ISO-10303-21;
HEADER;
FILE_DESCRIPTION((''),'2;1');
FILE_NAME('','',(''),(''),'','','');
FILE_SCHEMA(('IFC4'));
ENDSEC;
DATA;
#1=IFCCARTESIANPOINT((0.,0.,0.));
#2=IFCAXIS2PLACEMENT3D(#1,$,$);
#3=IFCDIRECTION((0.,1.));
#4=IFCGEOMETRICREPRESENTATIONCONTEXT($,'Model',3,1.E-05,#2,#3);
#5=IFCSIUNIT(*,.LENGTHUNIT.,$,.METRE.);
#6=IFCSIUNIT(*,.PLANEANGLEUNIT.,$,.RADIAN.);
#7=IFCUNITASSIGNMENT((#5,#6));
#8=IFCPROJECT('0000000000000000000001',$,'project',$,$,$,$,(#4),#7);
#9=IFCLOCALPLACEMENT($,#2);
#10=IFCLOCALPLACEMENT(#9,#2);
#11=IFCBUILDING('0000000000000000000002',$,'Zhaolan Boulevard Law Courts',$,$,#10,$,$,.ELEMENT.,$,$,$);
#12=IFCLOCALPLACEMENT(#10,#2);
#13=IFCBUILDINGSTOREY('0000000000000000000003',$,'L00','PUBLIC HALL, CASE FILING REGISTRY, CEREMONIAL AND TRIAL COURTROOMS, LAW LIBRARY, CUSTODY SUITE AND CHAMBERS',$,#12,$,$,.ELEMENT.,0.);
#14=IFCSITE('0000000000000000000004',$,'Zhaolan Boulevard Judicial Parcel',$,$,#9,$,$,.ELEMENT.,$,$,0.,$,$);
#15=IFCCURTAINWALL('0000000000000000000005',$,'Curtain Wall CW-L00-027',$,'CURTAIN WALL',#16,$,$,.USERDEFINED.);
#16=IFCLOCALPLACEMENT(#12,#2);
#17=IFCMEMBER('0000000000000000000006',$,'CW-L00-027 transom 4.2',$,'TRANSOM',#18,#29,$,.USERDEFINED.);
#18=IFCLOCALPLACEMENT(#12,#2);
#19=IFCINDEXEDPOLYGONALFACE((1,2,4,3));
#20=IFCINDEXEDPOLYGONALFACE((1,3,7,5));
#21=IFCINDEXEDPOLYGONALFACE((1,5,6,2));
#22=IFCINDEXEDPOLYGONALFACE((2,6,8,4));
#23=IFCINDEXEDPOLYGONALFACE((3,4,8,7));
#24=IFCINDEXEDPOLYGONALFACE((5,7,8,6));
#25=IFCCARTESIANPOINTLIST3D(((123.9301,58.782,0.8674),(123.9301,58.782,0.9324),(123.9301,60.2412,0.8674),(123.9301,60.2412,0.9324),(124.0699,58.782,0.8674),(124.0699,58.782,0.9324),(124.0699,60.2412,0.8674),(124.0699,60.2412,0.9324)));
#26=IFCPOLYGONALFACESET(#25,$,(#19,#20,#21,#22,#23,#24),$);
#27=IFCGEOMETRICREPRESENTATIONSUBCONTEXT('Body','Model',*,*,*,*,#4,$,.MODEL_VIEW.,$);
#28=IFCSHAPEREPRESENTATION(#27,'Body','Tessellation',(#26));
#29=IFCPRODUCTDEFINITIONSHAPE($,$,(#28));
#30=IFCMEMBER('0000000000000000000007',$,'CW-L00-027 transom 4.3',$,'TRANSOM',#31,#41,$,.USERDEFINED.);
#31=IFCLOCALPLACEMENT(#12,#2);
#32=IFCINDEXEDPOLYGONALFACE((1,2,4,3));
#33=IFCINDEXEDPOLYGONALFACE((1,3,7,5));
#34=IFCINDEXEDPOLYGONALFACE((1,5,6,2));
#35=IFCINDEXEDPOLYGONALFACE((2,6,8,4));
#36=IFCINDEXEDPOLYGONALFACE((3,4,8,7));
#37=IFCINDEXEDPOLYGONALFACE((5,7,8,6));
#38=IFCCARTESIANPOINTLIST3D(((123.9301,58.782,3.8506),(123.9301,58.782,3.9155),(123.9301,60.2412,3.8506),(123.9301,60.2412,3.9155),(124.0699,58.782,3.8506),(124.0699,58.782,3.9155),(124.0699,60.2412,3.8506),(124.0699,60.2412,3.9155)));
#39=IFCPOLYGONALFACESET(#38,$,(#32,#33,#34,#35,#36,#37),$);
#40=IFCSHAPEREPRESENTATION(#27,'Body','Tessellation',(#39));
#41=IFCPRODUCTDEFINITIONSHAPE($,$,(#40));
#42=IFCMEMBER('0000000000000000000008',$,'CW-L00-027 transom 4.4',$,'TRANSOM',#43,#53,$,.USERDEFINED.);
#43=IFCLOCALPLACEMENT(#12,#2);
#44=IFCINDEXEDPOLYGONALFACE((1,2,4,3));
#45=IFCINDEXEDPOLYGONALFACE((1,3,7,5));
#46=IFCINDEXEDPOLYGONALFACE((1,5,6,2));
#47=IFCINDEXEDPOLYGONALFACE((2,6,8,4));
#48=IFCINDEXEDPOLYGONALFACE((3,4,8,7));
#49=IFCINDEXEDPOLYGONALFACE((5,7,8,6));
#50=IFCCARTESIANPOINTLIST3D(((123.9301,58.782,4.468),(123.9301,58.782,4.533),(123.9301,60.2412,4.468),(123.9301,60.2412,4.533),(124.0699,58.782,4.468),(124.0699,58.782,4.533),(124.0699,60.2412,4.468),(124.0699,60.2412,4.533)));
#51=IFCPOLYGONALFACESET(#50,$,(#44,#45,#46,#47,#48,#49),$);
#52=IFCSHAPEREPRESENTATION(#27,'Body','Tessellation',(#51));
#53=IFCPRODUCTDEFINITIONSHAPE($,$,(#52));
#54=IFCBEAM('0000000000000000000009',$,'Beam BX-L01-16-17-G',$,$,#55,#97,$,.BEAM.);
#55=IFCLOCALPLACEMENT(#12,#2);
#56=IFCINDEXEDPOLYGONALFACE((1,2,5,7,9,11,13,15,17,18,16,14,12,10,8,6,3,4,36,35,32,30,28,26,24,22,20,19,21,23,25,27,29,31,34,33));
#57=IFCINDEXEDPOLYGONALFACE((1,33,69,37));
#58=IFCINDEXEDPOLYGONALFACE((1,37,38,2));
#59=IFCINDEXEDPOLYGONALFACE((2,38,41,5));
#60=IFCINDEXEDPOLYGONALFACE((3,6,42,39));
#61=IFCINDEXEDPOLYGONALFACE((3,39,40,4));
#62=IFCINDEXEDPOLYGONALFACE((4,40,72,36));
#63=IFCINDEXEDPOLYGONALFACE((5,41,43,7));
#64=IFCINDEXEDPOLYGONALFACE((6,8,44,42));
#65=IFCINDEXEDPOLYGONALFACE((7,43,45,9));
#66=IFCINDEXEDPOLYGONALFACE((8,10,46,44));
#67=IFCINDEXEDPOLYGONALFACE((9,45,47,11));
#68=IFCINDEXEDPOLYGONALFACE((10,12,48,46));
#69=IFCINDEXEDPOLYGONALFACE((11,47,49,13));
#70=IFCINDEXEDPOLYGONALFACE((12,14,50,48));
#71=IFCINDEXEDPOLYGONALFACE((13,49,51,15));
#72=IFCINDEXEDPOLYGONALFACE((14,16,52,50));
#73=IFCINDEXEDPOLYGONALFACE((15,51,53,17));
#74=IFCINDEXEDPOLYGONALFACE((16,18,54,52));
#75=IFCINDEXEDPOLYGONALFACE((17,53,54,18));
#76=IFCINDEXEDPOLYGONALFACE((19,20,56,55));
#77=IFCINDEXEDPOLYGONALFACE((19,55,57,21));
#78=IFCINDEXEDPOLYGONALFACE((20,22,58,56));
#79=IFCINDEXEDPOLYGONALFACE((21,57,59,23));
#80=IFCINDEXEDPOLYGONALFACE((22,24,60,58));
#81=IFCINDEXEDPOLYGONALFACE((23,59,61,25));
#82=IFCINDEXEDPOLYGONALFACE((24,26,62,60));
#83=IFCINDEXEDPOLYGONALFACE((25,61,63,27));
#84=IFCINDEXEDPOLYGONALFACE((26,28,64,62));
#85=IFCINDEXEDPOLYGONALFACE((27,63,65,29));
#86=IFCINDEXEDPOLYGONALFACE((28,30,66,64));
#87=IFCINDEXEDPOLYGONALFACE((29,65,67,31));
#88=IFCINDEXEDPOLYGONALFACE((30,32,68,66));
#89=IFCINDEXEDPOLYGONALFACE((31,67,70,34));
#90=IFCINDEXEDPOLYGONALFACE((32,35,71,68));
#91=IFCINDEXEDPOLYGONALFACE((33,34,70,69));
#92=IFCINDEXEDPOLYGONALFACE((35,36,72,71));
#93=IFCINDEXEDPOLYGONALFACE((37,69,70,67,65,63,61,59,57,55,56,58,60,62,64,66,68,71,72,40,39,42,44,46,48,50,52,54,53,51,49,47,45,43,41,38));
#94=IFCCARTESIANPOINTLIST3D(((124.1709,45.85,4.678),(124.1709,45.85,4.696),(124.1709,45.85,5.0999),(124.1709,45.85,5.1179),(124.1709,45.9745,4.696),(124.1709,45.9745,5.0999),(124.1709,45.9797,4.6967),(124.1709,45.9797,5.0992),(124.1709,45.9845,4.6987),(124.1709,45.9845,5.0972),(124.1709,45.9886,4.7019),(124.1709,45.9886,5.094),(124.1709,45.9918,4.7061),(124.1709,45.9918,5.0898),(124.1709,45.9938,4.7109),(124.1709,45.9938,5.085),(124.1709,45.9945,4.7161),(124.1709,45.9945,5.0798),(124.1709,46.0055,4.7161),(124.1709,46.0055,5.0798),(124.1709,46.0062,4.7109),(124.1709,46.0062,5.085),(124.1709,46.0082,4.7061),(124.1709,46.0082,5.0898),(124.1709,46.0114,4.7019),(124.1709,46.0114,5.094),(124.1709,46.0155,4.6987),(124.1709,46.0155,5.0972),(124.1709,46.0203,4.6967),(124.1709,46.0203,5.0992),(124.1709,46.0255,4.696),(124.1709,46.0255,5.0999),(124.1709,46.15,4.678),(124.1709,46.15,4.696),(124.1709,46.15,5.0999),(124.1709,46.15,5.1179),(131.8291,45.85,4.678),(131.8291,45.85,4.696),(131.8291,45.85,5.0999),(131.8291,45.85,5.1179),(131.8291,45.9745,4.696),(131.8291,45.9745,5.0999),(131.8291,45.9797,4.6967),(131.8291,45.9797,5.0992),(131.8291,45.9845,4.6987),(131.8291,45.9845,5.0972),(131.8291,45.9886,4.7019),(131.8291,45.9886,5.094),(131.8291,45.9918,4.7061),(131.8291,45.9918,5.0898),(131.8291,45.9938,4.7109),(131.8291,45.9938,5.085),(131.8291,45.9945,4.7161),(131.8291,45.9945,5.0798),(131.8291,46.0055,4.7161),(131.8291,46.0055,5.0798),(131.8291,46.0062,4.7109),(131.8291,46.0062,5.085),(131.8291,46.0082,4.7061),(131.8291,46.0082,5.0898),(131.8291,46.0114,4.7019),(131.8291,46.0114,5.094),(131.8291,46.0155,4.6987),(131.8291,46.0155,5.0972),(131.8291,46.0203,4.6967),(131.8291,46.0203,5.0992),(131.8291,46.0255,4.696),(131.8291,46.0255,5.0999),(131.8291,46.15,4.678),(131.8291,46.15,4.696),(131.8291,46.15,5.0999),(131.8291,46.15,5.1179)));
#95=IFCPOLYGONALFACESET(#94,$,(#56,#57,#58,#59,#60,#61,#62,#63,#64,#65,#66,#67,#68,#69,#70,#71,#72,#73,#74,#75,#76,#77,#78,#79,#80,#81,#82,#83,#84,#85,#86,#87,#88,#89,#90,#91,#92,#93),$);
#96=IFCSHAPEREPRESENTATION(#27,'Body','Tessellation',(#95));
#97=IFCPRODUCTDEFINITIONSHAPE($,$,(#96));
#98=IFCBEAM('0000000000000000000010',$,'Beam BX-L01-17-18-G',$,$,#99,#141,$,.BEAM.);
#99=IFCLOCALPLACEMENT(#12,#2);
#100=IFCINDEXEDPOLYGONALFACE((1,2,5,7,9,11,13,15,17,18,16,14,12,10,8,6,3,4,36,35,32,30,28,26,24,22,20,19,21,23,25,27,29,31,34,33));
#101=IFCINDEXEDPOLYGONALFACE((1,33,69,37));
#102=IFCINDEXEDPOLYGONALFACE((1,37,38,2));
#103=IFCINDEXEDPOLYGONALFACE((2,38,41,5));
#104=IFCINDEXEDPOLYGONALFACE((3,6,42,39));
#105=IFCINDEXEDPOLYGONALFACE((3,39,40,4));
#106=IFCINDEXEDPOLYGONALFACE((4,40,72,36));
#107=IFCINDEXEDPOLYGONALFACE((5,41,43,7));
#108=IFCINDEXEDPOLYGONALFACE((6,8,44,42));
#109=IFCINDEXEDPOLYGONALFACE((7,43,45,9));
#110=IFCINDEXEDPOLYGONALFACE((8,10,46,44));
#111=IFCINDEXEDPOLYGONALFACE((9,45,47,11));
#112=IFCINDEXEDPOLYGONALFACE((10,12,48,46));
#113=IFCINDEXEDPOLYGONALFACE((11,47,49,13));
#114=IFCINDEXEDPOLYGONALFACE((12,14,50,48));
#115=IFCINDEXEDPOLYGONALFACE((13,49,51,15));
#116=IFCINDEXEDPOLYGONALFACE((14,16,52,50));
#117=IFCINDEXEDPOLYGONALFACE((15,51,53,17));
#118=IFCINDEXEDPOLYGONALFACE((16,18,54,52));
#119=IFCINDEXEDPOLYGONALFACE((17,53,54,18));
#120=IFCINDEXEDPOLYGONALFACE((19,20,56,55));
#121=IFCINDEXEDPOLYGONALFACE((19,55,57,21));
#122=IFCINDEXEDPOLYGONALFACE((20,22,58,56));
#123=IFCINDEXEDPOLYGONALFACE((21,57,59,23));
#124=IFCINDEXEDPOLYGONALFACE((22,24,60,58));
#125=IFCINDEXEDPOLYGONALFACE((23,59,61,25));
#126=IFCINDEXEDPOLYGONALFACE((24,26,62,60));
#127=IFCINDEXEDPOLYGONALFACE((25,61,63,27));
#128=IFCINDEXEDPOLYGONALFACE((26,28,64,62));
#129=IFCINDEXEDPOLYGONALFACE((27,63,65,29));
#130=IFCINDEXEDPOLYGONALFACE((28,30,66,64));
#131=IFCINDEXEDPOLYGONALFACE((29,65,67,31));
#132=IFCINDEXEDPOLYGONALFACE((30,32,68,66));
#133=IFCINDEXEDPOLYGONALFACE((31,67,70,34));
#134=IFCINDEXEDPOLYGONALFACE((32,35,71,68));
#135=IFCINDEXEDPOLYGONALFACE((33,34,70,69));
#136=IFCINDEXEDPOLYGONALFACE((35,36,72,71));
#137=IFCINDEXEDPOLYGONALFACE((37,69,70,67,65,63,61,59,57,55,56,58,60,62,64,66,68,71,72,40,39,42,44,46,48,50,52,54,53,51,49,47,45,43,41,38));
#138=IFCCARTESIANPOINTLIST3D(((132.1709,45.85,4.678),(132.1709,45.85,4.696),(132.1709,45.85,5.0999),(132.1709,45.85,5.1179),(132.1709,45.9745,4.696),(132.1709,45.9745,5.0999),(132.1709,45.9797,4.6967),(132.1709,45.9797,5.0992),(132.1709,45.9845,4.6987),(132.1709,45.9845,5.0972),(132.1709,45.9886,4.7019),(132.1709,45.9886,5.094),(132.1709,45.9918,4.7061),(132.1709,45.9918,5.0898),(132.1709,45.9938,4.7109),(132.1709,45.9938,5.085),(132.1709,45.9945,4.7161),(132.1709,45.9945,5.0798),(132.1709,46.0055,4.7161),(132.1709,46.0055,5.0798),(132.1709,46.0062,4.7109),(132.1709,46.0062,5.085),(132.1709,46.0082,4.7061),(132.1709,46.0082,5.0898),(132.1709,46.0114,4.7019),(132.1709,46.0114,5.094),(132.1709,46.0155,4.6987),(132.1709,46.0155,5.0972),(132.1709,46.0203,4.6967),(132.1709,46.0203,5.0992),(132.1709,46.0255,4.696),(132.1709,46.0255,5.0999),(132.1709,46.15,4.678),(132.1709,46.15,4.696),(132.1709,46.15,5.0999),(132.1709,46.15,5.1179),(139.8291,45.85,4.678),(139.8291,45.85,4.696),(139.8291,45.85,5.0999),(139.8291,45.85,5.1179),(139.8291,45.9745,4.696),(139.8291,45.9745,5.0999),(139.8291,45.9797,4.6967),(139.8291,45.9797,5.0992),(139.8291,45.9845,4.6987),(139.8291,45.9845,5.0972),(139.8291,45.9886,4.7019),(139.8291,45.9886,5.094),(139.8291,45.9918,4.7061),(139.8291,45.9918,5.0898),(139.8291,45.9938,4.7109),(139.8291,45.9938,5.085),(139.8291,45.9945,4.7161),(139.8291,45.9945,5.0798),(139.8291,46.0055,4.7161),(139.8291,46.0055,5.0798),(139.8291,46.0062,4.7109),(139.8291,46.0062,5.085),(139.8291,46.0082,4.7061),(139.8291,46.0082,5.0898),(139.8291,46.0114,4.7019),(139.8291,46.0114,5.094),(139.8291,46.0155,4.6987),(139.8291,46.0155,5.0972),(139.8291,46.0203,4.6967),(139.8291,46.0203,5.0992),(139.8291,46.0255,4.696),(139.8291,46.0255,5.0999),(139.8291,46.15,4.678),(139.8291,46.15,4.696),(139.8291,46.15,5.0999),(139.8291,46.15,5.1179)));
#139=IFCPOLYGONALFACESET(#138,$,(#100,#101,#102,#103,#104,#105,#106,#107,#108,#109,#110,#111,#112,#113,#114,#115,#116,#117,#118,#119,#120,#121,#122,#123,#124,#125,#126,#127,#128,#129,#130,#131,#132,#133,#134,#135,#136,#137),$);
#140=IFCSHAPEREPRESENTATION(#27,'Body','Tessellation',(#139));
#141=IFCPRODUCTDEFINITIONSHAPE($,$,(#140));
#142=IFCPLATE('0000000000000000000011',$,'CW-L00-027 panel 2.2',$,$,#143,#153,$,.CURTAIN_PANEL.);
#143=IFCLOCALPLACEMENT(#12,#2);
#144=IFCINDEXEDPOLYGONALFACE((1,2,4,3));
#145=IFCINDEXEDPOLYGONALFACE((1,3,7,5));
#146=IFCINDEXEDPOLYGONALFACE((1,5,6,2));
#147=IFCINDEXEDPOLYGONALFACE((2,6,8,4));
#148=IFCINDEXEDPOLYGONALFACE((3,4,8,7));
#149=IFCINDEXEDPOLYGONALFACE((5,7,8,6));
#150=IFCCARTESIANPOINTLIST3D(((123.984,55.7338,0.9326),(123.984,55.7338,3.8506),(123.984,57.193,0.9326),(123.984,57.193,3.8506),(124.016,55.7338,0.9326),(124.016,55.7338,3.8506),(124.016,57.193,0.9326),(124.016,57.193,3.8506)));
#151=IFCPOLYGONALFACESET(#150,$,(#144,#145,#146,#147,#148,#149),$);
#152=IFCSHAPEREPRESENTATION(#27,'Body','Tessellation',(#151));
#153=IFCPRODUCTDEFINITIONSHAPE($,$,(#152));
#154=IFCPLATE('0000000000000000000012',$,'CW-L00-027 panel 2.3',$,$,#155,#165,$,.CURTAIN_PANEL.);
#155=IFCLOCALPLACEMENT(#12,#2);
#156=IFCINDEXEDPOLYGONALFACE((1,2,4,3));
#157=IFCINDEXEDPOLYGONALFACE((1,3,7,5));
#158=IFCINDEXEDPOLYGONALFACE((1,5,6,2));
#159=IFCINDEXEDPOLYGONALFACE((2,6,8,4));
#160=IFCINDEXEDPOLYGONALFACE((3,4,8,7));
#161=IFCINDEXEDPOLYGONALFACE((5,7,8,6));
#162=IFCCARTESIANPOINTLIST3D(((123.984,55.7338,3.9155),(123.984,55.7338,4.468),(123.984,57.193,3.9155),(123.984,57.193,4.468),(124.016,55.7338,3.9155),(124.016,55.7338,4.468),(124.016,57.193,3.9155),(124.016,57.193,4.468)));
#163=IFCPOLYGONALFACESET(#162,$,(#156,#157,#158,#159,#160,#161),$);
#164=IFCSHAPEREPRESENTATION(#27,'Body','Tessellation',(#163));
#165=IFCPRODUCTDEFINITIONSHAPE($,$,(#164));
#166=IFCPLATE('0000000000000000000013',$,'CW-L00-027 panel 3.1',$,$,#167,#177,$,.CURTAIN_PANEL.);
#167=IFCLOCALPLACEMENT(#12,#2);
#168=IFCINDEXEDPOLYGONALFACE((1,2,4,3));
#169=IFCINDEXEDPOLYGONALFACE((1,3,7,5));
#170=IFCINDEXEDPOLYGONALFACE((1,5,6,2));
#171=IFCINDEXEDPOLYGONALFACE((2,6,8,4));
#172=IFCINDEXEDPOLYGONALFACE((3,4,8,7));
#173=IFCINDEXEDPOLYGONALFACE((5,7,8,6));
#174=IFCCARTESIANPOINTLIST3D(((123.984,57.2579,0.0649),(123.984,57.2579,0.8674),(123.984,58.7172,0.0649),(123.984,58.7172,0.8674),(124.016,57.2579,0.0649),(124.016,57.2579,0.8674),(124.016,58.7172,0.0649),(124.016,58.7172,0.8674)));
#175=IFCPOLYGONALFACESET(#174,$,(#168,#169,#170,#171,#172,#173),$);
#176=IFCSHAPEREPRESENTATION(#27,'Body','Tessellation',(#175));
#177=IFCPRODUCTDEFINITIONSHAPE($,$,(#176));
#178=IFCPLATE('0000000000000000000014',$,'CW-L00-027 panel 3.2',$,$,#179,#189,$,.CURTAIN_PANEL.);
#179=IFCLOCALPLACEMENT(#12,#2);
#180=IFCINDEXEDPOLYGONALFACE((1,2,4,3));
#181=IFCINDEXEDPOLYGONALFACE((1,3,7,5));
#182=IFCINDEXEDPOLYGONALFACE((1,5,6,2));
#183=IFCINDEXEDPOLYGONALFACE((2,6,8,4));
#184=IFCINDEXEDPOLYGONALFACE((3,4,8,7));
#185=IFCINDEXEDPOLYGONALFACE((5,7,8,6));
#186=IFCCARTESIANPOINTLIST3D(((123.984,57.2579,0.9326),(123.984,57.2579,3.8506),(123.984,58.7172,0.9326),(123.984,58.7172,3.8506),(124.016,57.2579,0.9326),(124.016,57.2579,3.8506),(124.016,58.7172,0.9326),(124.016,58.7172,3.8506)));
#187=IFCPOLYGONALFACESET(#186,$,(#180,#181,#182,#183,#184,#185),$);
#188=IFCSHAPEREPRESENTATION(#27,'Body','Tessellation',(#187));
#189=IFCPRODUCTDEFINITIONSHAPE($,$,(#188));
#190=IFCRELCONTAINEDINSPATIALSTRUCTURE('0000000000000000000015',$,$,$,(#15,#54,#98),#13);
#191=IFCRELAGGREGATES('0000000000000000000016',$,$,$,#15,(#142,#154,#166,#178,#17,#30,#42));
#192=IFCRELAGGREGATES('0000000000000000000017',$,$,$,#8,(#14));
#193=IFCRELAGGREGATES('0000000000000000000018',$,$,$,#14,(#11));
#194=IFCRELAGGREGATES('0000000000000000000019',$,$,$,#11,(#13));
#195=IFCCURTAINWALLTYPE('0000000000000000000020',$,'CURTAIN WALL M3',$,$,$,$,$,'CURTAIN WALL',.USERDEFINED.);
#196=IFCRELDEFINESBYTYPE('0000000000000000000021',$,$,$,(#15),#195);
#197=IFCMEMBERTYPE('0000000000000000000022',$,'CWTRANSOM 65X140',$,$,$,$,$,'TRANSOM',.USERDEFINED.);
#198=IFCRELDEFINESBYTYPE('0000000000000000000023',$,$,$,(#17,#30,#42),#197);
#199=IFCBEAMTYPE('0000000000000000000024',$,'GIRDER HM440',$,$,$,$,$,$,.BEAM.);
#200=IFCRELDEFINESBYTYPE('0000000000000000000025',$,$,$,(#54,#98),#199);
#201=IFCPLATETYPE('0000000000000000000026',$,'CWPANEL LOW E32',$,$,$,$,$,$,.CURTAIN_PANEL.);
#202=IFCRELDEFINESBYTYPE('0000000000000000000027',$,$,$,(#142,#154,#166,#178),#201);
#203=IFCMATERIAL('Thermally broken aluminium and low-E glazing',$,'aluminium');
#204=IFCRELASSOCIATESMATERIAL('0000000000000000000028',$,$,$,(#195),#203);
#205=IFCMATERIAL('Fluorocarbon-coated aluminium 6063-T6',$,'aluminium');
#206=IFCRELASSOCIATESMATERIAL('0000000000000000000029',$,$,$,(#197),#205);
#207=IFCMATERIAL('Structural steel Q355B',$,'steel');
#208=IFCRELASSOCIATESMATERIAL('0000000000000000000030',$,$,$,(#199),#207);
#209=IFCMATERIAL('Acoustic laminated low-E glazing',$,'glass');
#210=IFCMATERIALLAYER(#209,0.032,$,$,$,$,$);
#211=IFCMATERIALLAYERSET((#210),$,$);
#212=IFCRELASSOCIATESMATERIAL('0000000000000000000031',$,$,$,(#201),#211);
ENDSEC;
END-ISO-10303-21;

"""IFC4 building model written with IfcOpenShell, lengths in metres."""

from ifc_helpers import new_model, si_unit, direction, frame, origin, origin_2d, place, context, subcontext, project, spatial, rectangle, i_section, extrude, material, layer, layer_set, material_profile, profile_set, type_object, element, aggregate, save


model = new_model("IFC4")

# Units and contexts
model_context = context("Model", 3, precision=1e-05, world=origin(), true_north=direction((0.0, 1.0)))
body_context = subcontext(model_context, "Body", "Model", "MODEL_VIEW")
ifc_project = project(units=[si_unit("LENGTHUNIT", "METRE"), si_unit("PLANEANGLEUNIT", "RADIAN")], contexts=[model_context])

# Site, building, storey
site_placement = place(None, origin())
site = spatial("IfcSite", under=ifc_project, at=site_placement, Name="Zhaolan Boulevard Judicial Parcel", CompositionType="ELEMENT", RefElevation=0.0)
building_placement = place(site_placement, origin())
building = spatial("IfcBuilding", under=site, at=building_placement, Name="Zhaolan Boulevard Law Courts", CompositionType="ELEMENT")
storey_placement = place(building_placement, origin())
storey = spatial("IfcBuildingStorey", under=building, at=storey_placement, Name="L00", Description="PUBLIC HALL, CASE FILING REGISTRY, CEREMONIAL AND TRIAL COURTROOMS, LAW LIBRARY, CUSTODY SUITE AND CHAMBERS", CompositionType="ELEMENT", Elevation=0.0)

# Curtain wall, members
ifc_material_1 = material(Name="Thermally broken aluminium and low-E glazing", Category="aluminium")
curtain_wall_type = type_object("IfcCurtainWallType", Name="CURTAIN WALL M3", ElementType="CURTAIN WALL", PredefinedType="USERDEFINED", material=ifc_material_1)
curtain_wall_placement = place(storey_placement, origin())
curtain_wall = element("IfcCurtainWall", 1, at=curtain_wall_placement, inside=storey, type_object=curtain_wall_type, Name="Curtain Wall CW-L00-027", ObjectType="CURTAIN WALL", PredefinedType="USERDEFINED")
ifc_material_2 = material(Name="Fluorocarbon-coated aluminium 6063-T6", Category="aluminium")
ifc_material_profile_1 = material_profile(ifc_material_2, rectangle(XDim=0.1399, YDim=0.0649, at=origin_2d()), Name="AL65x140")
ifc_profile_set_1 = profile_set([ifc_material_profile_1], Name="Fluorocarbon-coated aluminium 6063-T6")
member_type_1 = type_object("IfcMemberType", Name="CWTRANSOM 65X140", ElementType="TRANSOM", PredefinedType="USERDEFINED", material=ifc_profile_set_1)
member_1_placement = place(storey_placement, frame((124.0, 58.782, 0.8999), z_axis=(0.0, 1.0, 0.0), x_axis=(-1.0, 0.0, 0.0)))
member_1 = element("IfcMember", 2, at=member_1_placement, type_object=member_type_1, Name="CW-L00-027 transom 4.2", ObjectType="TRANSOM", PredefinedType="USERDEFINED", context=body_context, shape_type="SweptSolid", body=[
    extrude(rectangle(XDim=0.1399, YDim=0.0649, at=origin_2d()), origin(), (0.0, 0.0, 1.0), 1.4592),
])
member_2_placement = place(storey_placement, frame((124.0, 58.782, 3.8831), z_axis=(0.0, 1.0, 0.0), x_axis=(-1.0, 0.0, 0.0)))
member_2 = element("IfcMember", 3, at=member_2_placement, type_object=member_type_1, Name="CW-L00-027 transom 4.3", ObjectType="TRANSOM", PredefinedType="USERDEFINED", context=body_context, shape_type="SweptSolid", body=[
    extrude(rectangle(XDim=0.1399, YDim=0.0649, at=origin_2d()), origin(), (0.0, 0.0, 1.0), 1.4592),
])
member_3_placement = place(storey_placement, frame((124.0, 58.782, 4.5005), z_axis=(0.0, 1.0, 0.0), x_axis=(-1.0, 0.0, 0.0)))
member_3 = element("IfcMember", 4, at=member_3_placement, type_object=member_type_1, Name="CW-L00-027 transom 4.4", ObjectType="TRANSOM", PredefinedType="USERDEFINED", context=body_context, shape_type="SweptSolid", body=[
    extrude(rectangle(XDim=0.1399, YDim=0.0649, at=origin_2d()), origin(), (0.0, 0.0, 1.0), 1.4592),
])

# Beams
ifc_material_3 = material(Name="Structural steel Q355B", Category="steel")
ifc_material_profile_2 = material_profile(ifc_material_3, i_section(OverallWidth=0.3, OverallDepth=0.4399, WebThickness=0.011, FlangeThickness=0.0181, FilletRadius=0.02, at=origin_2d()), Name="HM440x300")
ifc_profile_set_2 = profile_set([ifc_material_profile_2], Name="Structural steel Q355B")
beam_type = type_object("IfcBeamType", Name="GIRDER HM440", PredefinedType="BEAM", material=ifc_profile_set_2)
for number, where, z_axis, x_axis, name in (
    (5, (124.1709, 46.0, 4.8979), (1.0, 0.0, 0.0), (0.0, 1.0, 0.0), "Beam BX-L01-16-17-G"),
    (6, (132.1709, 46.0, 4.8979), (1.0, 0.0, 0.0), (0.0, 1.0, 0.0), "Beam BX-L01-17-18-G"),
):
    element("IfcBeam", number, at=place(storey_placement, frame(where, z_axis=z_axis, x_axis=x_axis)), inside=storey, type_object=beam_type, Name=name, PredefinedType="BEAM", context=body_context, shape_type="SweptSolid", body=[
        extrude(i_section(OverallWidth=0.3, OverallDepth=0.4399, WebThickness=0.011, FlangeThickness=0.0181, FilletRadius=0.02, at=origin_2d()), origin(), (0.0, 0.0, 1.0), 7.6582),
    ])

# Plates
ifc_material_4 = material(Name="Acoustic laminated low-E glazing", Category="glass")
ifc_layer_1 = layer(ifc_material_4, 0.032)
ifc_layer_set_1 = layer_set([ifc_layer_1])
plate_type = type_object("IfcPlateType", Name="CWPANEL LOW E32", PredefinedType="CURTAIN_PANEL", material=ifc_layer_set_1)
plate_1_placement = place(storey_placement, frame((124.0, 56.4634, 0.9326), z_axis=(0.0, 0.0, 1.0), x_axis=(0.0, 1.0, 0.0)))
plate_1 = element("IfcPlate", 7, at=plate_1_placement, type_object=plate_type, Name="CW-L00-027 panel 2.2", PredefinedType="CURTAIN_PANEL", context=body_context, shape_type="SweptSolid", body=[
    extrude(rectangle(XDim=1.4592, YDim=0.032, at=origin_2d()), origin(), (0.0, 0.0, 1.0), 2.918),
])
plate_2_placement = place(storey_placement, frame((124.0, 56.4634, 3.9155), z_axis=(0.0, 0.0, 1.0), x_axis=(0.0, 1.0, 0.0)))
plate_2 = element("IfcPlate", 8, at=plate_2_placement, type_object=plate_type, Name="CW-L00-027 panel 2.3", PredefinedType="CURTAIN_PANEL", context=body_context, shape_type="SweptSolid", body=[
    extrude(rectangle(XDim=1.4592, YDim=0.032, at=origin_2d()), origin(), (0.0, 0.0, 1.0), 0.5525),
])
plate_3_placement = place(storey_placement, frame((124.0, 57.9875, 0.0649), z_axis=(0.0, 0.0, 1.0), x_axis=(0.0, 1.0, 0.0)))
plate_3 = element("IfcPlate", 9, at=plate_3_placement, type_object=plate_type, Name="CW-L00-027 panel 3.1", PredefinedType="CURTAIN_PANEL", context=body_context, shape_type="SweptSolid", body=[
    extrude(rectangle(XDim=1.4592, YDim=0.032, at=origin_2d()), origin(), (0.0, 0.0, 1.0), 0.8025),
])
plate_4_placement = place(storey_placement, frame((124.0, 57.9875, 0.9326), z_axis=(0.0, 0.0, 1.0), x_axis=(0.0, 1.0, 0.0)))
plate_4 = element("IfcPlate", 10, at=plate_4_placement, type_object=plate_type, Name="CW-L00-027 panel 3.2", PredefinedType="CURTAIN_PANEL", context=body_context, shape_type="SweptSolid", body=[
    extrude(rectangle(XDim=1.4592, YDim=0.032, at=origin_2d()), origin(), (0.0, 0.0, 1.0), 2.918),
])
aggregate(curtain_wall, [plate_1, plate_2, plate_3, plate_4, member_1, member_2, member_3])

save(model, "model.ifc")
